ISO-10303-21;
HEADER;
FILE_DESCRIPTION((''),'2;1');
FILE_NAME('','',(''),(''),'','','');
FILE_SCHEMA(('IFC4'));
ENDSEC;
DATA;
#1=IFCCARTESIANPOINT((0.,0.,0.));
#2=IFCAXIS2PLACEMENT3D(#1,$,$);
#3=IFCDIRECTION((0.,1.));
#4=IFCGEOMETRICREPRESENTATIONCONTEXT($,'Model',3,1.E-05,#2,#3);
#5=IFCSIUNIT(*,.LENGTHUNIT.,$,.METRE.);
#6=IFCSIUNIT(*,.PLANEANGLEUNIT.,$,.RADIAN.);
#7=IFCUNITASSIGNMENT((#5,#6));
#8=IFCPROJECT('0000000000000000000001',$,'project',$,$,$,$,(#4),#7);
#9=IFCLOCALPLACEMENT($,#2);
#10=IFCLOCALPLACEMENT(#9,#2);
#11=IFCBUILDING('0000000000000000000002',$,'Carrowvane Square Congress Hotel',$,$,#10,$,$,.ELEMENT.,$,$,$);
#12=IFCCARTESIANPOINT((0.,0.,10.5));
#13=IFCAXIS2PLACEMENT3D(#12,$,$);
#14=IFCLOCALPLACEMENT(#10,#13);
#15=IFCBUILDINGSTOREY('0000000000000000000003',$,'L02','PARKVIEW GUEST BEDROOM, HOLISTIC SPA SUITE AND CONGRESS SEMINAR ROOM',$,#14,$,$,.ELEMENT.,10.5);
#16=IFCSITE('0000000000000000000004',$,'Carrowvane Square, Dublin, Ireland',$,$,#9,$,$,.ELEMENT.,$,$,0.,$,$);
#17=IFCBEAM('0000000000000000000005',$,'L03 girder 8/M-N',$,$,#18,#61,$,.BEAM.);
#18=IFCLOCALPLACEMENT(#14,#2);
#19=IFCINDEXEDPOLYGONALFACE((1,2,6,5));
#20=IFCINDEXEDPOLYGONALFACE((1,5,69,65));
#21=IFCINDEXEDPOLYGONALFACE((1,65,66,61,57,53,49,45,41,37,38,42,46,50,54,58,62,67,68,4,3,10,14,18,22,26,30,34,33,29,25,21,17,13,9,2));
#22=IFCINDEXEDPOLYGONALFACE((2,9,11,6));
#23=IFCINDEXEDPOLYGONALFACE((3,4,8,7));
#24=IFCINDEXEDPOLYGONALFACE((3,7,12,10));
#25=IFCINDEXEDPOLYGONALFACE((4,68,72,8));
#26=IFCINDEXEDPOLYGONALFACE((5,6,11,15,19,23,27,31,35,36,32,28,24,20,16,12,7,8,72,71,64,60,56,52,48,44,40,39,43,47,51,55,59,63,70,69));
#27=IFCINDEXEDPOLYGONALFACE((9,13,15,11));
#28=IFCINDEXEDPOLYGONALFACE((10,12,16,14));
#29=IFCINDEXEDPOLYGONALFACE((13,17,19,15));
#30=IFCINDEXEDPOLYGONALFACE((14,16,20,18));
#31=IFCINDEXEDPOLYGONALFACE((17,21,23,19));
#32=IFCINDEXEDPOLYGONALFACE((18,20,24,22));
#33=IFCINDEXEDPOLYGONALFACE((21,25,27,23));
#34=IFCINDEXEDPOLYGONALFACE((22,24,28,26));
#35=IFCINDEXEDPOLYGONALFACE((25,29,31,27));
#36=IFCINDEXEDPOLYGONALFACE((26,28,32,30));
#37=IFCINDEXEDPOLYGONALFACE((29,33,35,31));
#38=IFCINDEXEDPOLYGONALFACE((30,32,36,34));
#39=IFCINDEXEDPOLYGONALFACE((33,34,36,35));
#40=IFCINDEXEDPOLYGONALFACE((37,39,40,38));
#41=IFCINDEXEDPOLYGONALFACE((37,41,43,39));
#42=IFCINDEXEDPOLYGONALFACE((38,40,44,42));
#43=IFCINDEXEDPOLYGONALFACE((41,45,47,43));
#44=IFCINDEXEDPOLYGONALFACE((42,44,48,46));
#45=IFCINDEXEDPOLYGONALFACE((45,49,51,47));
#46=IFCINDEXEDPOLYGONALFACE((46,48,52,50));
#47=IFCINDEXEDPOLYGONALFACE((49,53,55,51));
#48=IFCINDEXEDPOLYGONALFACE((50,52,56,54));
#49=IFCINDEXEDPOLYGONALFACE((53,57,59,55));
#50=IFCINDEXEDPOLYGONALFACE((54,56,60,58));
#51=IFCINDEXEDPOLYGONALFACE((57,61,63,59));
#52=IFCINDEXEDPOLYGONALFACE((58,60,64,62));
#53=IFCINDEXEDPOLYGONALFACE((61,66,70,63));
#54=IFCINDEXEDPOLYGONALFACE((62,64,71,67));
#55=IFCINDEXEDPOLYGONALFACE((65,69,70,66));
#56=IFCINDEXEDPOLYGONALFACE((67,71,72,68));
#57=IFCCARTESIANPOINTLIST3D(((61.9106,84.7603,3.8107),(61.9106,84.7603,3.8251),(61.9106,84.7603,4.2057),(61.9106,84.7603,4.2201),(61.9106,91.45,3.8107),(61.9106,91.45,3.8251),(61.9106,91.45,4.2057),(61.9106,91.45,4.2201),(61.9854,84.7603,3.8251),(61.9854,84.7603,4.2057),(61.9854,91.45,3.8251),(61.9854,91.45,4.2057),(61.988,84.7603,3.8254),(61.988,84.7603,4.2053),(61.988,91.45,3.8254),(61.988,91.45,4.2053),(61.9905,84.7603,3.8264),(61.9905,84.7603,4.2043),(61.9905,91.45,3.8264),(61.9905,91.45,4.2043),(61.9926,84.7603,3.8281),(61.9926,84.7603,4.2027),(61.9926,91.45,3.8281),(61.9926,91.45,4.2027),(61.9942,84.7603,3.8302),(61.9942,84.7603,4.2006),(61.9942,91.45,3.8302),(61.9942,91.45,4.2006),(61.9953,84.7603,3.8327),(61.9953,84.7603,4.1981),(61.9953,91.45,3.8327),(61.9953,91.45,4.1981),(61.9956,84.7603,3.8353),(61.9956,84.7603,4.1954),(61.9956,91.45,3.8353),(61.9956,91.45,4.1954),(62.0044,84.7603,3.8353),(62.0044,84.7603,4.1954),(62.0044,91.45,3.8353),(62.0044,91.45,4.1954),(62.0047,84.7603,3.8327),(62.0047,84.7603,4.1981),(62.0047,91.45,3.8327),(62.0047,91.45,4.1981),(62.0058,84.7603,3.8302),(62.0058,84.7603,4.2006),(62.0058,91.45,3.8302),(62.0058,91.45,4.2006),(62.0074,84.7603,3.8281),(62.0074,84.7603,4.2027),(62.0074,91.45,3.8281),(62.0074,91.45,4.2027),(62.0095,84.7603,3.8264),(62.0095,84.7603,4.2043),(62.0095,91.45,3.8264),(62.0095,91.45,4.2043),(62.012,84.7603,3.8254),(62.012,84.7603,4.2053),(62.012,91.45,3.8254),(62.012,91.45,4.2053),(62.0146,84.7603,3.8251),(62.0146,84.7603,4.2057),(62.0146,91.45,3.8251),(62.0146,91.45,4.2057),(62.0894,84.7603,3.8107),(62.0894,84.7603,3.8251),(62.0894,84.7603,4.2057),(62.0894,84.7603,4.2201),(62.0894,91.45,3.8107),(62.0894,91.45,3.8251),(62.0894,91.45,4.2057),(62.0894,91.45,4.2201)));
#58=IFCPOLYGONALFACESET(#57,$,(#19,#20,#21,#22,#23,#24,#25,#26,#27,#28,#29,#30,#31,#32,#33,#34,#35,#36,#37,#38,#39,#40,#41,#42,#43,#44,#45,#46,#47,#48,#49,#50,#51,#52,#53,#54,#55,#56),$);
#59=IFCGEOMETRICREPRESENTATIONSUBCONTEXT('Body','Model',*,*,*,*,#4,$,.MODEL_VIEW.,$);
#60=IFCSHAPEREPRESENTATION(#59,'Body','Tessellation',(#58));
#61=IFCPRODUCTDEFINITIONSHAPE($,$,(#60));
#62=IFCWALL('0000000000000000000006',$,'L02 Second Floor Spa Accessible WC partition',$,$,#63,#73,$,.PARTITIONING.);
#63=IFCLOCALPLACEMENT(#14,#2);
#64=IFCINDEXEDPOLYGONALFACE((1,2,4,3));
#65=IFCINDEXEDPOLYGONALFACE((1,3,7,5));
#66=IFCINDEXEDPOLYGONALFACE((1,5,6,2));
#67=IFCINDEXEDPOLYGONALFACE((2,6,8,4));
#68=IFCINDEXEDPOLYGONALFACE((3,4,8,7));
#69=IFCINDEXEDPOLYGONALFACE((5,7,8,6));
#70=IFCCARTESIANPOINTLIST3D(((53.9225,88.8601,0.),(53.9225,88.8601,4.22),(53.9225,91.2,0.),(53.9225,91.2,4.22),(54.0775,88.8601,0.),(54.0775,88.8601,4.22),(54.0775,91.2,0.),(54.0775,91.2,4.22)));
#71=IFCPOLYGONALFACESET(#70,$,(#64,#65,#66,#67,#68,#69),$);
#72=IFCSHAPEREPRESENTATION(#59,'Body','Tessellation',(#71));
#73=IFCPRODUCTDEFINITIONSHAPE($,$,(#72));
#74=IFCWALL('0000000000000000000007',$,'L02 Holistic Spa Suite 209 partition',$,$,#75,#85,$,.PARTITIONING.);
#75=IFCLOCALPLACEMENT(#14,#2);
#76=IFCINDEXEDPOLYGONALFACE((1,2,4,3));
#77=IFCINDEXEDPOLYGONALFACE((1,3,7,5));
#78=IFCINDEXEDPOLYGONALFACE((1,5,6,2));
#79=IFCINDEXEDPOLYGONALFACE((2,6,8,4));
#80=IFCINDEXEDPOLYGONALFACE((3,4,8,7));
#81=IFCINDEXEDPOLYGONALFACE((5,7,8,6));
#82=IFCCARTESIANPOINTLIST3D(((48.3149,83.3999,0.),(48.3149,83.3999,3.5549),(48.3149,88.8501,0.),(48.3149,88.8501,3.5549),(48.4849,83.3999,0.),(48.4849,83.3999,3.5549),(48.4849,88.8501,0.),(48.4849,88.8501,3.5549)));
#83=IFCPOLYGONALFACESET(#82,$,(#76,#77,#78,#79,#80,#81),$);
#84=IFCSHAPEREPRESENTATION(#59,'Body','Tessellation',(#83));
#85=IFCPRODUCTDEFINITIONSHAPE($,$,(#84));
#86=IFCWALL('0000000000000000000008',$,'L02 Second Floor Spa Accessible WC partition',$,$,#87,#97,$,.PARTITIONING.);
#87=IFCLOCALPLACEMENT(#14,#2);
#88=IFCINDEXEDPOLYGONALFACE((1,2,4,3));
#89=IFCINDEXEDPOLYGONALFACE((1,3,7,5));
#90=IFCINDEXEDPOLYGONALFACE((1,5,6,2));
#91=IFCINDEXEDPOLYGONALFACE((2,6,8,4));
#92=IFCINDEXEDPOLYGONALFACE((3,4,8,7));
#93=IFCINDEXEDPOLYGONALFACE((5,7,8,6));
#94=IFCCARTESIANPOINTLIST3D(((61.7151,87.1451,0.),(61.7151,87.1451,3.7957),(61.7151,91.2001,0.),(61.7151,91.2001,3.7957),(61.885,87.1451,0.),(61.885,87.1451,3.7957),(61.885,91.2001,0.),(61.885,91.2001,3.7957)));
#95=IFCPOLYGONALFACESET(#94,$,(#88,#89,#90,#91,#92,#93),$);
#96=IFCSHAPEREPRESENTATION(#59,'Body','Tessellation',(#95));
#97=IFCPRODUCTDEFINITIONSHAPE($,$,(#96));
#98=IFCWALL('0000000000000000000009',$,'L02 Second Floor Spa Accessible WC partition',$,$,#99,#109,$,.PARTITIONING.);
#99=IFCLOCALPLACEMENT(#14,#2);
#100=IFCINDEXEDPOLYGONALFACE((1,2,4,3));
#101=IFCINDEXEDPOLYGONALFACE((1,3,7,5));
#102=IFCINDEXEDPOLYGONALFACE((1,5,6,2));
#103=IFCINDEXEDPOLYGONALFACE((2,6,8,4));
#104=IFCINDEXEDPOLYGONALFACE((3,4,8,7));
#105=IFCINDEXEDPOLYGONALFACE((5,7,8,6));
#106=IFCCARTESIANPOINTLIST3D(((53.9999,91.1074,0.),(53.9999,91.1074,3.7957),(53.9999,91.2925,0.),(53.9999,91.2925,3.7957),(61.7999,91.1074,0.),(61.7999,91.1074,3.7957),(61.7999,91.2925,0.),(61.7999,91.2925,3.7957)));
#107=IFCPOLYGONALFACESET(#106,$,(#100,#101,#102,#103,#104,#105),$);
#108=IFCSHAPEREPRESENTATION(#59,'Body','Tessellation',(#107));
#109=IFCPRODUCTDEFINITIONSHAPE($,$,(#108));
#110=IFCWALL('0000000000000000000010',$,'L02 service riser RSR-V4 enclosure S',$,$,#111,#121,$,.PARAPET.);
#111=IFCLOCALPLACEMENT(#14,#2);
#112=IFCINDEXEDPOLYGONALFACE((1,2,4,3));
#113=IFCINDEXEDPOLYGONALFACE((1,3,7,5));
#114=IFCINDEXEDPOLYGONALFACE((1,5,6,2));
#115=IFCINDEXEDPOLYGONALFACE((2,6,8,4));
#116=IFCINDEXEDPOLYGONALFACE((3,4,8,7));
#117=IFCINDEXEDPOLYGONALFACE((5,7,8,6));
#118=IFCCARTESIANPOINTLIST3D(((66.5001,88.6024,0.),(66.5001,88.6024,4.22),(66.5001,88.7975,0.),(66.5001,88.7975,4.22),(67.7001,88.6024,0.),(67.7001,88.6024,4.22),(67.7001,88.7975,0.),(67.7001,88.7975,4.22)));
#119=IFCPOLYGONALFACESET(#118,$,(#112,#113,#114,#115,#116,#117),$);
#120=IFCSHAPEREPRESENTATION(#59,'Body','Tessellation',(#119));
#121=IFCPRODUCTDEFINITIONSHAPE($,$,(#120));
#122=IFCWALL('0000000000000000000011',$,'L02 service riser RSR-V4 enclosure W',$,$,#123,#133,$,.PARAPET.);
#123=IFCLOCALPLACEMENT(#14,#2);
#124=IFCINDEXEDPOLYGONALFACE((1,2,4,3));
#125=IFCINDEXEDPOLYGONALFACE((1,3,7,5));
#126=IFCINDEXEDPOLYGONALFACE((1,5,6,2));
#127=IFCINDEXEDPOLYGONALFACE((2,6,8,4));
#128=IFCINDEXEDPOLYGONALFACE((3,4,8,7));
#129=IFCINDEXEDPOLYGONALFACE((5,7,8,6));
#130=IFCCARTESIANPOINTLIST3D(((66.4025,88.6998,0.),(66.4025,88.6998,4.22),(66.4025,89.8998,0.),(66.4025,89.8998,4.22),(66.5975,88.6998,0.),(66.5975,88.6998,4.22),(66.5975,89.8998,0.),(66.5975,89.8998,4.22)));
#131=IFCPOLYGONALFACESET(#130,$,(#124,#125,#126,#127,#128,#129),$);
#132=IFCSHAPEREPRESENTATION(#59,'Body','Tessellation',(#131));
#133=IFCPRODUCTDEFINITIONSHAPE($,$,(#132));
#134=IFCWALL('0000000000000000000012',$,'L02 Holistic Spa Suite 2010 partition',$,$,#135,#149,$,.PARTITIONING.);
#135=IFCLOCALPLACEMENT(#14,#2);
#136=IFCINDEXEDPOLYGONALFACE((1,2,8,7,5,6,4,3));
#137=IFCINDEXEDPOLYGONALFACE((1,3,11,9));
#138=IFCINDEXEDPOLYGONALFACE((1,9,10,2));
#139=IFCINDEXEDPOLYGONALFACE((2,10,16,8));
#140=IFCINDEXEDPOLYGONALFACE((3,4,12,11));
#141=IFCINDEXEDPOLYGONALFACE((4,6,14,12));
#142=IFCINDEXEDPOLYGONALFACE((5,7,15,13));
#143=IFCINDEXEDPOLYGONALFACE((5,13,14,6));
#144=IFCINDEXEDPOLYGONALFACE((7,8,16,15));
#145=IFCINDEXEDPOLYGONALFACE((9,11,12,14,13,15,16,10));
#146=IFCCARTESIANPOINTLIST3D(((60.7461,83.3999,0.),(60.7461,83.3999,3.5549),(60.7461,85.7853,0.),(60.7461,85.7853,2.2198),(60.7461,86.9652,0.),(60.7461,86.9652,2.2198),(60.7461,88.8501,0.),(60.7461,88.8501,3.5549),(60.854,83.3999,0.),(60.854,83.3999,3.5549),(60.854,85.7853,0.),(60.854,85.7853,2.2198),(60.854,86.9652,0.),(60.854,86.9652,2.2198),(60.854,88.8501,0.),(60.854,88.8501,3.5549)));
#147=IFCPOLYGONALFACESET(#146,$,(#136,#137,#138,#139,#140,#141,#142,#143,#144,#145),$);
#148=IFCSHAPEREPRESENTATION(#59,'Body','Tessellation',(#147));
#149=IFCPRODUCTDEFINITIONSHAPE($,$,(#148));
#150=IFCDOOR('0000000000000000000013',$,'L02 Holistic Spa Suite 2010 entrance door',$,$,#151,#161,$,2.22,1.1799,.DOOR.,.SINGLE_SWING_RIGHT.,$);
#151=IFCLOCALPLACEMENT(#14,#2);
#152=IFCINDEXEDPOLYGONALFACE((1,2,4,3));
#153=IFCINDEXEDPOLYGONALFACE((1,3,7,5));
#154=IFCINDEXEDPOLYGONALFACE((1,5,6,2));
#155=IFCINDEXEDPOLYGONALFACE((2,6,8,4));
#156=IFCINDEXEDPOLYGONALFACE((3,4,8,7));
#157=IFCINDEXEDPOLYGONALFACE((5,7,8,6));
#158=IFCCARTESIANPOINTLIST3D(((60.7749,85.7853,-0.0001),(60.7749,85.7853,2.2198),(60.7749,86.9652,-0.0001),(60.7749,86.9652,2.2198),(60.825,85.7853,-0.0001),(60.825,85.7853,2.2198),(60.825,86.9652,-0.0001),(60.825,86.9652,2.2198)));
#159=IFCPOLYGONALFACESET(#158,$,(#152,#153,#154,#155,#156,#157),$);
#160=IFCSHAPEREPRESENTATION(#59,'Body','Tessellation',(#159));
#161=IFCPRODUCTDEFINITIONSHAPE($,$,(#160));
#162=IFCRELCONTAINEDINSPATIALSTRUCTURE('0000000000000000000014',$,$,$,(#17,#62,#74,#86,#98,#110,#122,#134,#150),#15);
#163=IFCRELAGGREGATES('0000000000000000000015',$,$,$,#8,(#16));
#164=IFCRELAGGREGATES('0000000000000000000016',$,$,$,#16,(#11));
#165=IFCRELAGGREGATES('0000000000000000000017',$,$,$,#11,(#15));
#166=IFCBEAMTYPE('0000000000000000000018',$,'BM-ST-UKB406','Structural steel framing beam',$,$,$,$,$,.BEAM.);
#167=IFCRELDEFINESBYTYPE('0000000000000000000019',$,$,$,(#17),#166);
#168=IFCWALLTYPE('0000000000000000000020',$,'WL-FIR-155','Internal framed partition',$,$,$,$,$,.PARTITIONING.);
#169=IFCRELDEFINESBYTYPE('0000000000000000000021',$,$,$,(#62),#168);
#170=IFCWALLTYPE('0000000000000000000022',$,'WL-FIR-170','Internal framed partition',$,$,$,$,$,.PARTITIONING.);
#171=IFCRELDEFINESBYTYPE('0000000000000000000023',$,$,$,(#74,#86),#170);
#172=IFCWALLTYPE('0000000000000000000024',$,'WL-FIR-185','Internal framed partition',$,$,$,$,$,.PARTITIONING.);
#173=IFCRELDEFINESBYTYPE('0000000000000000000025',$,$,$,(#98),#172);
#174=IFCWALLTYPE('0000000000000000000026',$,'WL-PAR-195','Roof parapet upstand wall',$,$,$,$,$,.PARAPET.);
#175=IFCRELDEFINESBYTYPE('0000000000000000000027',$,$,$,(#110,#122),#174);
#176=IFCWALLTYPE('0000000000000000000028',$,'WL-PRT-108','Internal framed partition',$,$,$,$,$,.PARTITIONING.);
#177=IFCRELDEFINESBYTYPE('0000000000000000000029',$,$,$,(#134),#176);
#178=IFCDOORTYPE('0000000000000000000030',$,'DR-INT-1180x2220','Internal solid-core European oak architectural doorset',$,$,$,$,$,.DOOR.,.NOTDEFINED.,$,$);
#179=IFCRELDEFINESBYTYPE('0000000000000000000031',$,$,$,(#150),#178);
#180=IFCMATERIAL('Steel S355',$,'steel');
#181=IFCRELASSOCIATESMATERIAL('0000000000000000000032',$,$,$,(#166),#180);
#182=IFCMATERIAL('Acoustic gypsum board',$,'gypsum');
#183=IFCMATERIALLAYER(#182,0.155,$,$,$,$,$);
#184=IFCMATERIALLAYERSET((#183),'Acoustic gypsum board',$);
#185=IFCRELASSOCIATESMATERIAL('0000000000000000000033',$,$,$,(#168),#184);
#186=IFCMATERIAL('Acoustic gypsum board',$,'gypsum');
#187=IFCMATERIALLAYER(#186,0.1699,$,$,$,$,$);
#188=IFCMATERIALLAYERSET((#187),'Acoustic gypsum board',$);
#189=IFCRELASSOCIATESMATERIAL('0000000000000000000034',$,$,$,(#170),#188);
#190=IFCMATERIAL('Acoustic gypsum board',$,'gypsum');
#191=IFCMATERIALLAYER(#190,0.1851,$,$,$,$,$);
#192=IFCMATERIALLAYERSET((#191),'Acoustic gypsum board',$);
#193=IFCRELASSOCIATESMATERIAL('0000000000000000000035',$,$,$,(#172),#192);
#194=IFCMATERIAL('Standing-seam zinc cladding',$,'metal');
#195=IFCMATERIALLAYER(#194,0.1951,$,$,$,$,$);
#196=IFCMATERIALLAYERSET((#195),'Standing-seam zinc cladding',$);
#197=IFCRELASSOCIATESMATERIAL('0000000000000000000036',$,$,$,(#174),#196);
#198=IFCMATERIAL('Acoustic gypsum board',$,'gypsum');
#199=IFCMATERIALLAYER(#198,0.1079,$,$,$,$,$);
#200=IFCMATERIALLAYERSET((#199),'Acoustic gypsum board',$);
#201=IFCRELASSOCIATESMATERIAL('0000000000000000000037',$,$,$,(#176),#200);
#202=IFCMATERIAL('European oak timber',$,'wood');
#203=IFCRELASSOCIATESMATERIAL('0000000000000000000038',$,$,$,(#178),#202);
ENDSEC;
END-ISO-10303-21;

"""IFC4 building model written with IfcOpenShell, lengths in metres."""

from ifc_helpers import new_model, si_unit, direction, frame, frame_2d, origin, origin_2d, place, context, subcontext, project, spatial, rectangle, i_section, extrude, material, layer, layer_set, material_profile, profile_set, type_object, element, fill, save


model = new_model("IFC4")

# Units and contexts
model_context = context("Model", 3, precision=1e-05, world=origin(), true_north=direction((0.0, 1.0)))
body_context = subcontext(model_context, "Body", "Model", "MODEL_VIEW")
ifc_project = project(units=[si_unit("LENGTHUNIT", "METRE"), si_unit("PLANEANGLEUNIT", "RADIAN")], contexts=[model_context])

# Site, building, storey
site_placement = place(None, origin())
site = spatial("IfcSite", under=ifc_project, at=site_placement, Name="Carrowvane Square, Dublin, Ireland", CompositionType="ELEMENT", RefElevation=0.0)
building_placement = place(site_placement, origin())
building = spatial("IfcBuilding", under=site, at=building_placement, Name="Carrowvane Square Congress Hotel", CompositionType="ELEMENT")
storey_placement = place(building_placement, frame((0.0, 0.0, 10.5)))
storey = spatial("IfcBuildingStorey", under=building, at=storey_placement, Name="L02", Description="PARKVIEW GUEST BEDROOM, HOLISTIC SPA SUITE AND CONGRESS SEMINAR ROOM", CompositionType="ELEMENT", Elevation=10.5)

# Beam
ifc_material_1 = material(Name="Steel S355", Category="steel")
ifc_material_profile_1 = material_profile(ifc_material_1, i_section(OverallWidth=0.1787, OverallDepth=0.4094, WebThickness=0.0088, FlangeThickness=0.0144, FilletRadius=0.0103, at=origin_2d()), Name="UKB 406x178x67")
ifc_profile_set_1 = profile_set([ifc_material_profile_1], Name="Steel S355")
beam_type_1 = type_object("IfcBeamType", Name="BM-ST-UKB406", Description="Structural steel framing beam", PredefinedType="BEAM", material=ifc_profile_set_1)
beam_1_placement = place(storey_placement, frame((62.0, 84.7603, 4.0154), z_axis=(0.0, 1.0, 0.0), x_axis=(-1.0, 0.0, 0.0)))
element("IfcBeam", 1, at=beam_1_placement, inside=storey, type_object=beam_type_1, Name="L03 girder 8/M-N", PredefinedType="BEAM", context=body_context, shape_type="SweptSolid", body=[
    extrude(i_section(OverallWidth=0.1787, OverallDepth=0.4094, WebThickness=0.0088, FlangeThickness=0.0144, FilletRadius=0.0103, at=origin_2d()), origin(), (0.0, 0.0, 1.0), 6.6897),
])

# Walls
ifc_material_2 = material(Name="Acoustic gypsum board", Category="gypsum")
ifc_layer_1 = layer(ifc_material_2, 0.155)
ifc_layer_set_1 = layer_set([ifc_layer_1], Name="Acoustic gypsum board")
wall_type_1 = type_object("IfcWallType", Name="WL-FIR-155", Description="Internal framed partition", PredefinedType="PARTITIONING", material=ifc_layer_set_1)
wall_1_placement = place(storey_placement, frame((54.0, 88.8601, 0.0), z_axis=(0.0, 0.0, 1.0), x_axis=(0.0, 1.0, 0.0)))
element("IfcWall", 2, at=wall_1_placement, inside=storey, type_object=wall_type_1, Name="L02 Second Floor Spa Accessible WC partition", PredefinedType="PARTITIONING", context=body_context, shape_type="SweptSolid", body=[
    extrude(rectangle(XDim=2.3398, YDim=0.155, at=frame_2d((1.1699, 0.0))), origin(), (0.0, 0.0, 1.0), 4.22),
])
ifc_material_3 = material(Name="Acoustic gypsum board", Category="gypsum")
ifc_layer_2 = layer(ifc_material_3, 0.1699)
ifc_layer_set_2 = layer_set([ifc_layer_2], Name="Acoustic gypsum board")
wall_type_2 = type_object("IfcWallType", Name="WL-FIR-170", Description="Internal framed partition", PredefinedType="PARTITIONING", material=ifc_layer_set_2)
wall_2_placement = place(storey_placement, frame((48.3999, 88.8501, 0.0), z_axis=(0.0, 0.0, 1.0), x_axis=(0.0, -1.0, 0.0)))
element("IfcWall", 3, at=wall_2_placement, inside=storey, type_object=wall_type_2, Name="L02 Holistic Spa Suite 209 partition", PredefinedType="PARTITIONING", context=body_context, shape_type="SweptSolid", body=[
    extrude(rectangle(XDim=5.4502, YDim=0.1699, at=frame_2d((2.7251, 0.0))), origin(), (0.0, 0.0, 1.0), 3.5549),
])
wall_3_placement = place(storey_placement, frame((61.8, 91.2, 0.0), z_axis=(0.0, 0.0, 1.0), x_axis=(0.0, -1.0, 0.0)))
element("IfcWall", 4, at=wall_3_placement, inside=storey, type_object=wall_type_2, Name="L02 Second Floor Spa Accessible WC partition", PredefinedType="PARTITIONING", context=body_context, shape_type="SweptSolid", body=[
    extrude(rectangle(XDim=4.0549, YDim=0.1699, at=frame_2d((2.0273, 0.0))), origin(), (0.0, 0.0, 1.0), 3.7957),
])
ifc_material_4 = material(Name="Acoustic gypsum board", Category="gypsum")
ifc_layer_3 = layer(ifc_material_4, 0.1851)
ifc_layer_set_3 = layer_set([ifc_layer_3], Name="Acoustic gypsum board")
wall_type_3 = type_object("IfcWallType", Name="WL-FIR-185", Description="Internal framed partition", PredefinedType="PARTITIONING", material=ifc_layer_set_3)
wall_4_placement = place(storey_placement, frame((54.0, 91.2, 0.0), z_axis=(0.0, 0.0, 1.0), x_axis=(1.0, 0.0, 0.0)))
element("IfcWall", 5, at=wall_4_placement, inside=storey, type_object=wall_type_3, Name="L02 Second Floor Spa Accessible WC partition", PredefinedType="PARTITIONING", context=body_context, shape_type="SweptSolid", body=[
    extrude(rectangle(XDim=7.8, YDim=0.1851, at=frame_2d((3.8999, 0.0))), origin(), (0.0, 0.0, 1.0), 3.7957),
])
ifc_material_5 = material(Name="Standing-seam zinc cladding", Category="metal")
ifc_layer_4 = layer(ifc_material_5, 0.1951)
ifc_layer_set_4 = layer_set([ifc_layer_4], Name="Standing-seam zinc cladding")
wall_type_4 = type_object("IfcWallType", Name="WL-PAR-195", Description="Roof parapet upstand wall", PredefinedType="PARAPET", material=ifc_layer_set_4)
for number, where, z_axis, x_axis, name in (
    (6, (66.5, 88.7, 0.0), (0.0, 0.0, 1.0), (1.0, 0.0, 0.0), "L02 service riser RSR-V4 enclosure S"),
    (7, (66.5, 89.8999, 0.0), (0.0, 0.0, 1.0), (0.0, -1.0, 0.0), "L02 service riser RSR-V4 enclosure W"),
):
    element("IfcWall", number, at=place(storey_placement, frame(where, z_axis=z_axis, x_axis=x_axis)), inside=storey, type_object=wall_type_4, Name=name, PredefinedType="PARAPET", context=body_context, shape_type="SweptSolid", body=[
        extrude(rectangle(XDim=1.2, YDim=0.1951, at=frame_2d((0.6001, 0.0))), origin(), (0.0, 0.0, 1.0), 4.22),
    ])

# Wall, opening, door
ifc_material_6 = material(Name="Acoustic gypsum board", Category="gypsum")
ifc_layer_5 = layer(ifc_material_6, 0.1079)
ifc_layer_set_5 = layer_set([ifc_layer_5], Name="Acoustic gypsum board")
wall_type_5 = type_object("IfcWallType", Name="WL-PRT-108", Description="Internal framed partition", PredefinedType="PARTITIONING", material=ifc_layer_set_5)
wall_5_placement = place(storey_placement, frame((60.8, 88.8501, 0.0), z_axis=(0.0, 0.0, 1.0), x_axis=(0.0, -1.0, 0.0)))
wall_5 = element("IfcWall", 8, at=wall_5_placement, inside=storey, type_object=wall_type_5, Name="L02 Holistic Spa Suite 2010 partition", PredefinedType="PARTITIONING", context=body_context, shape_type="SweptSolid", body=[
    extrude(rectangle(XDim=5.4502, YDim=0.1079, at=frame_2d((2.7251, 0.0))), origin(), (0.0, 0.0, 1.0), 3.5549),
])
opening_1_placement = place(wall_5_placement, frame((1.885, 0.0, 0.0)))
opening_1 = element("IfcOpeningElement", 9, at=opening_1_placement, cuts=wall_5, PredefinedType="OPENING", context=body_context, shape_type="SweptSolid", body=[
    extrude(rectangle(XDim=1.1799, YDim=2.22, at=frame_2d((0.5898, 1.1099))), frame((0.0, 0.064, 0.0), z_axis=(0.0, -1.0, 0.0), x_axis=(1.0, 0.0, 0.0)), (0.0, 0.0, 1.0), 0.1279),
])
ifc_material_7 = material(Name="European oak timber", Category="wood")
door_type_1 = type_object("IfcDoorType", Name="DR-INT-1180x2220", Description="Internal solid-core European oak architectural doorset", OperationType="NOTDEFINED", PredefinedType="DOOR", material=ifc_material_7)
door_1_placement = place(opening_1_placement, origin())
door_1 = element("IfcDoor", 10, at=door_1_placement, inside=storey, type_object=door_type_1, Name="L02 Holistic Spa Suite 2010 entrance door", OperationType="SINGLE_SWING_RIGHT", OverallHeight=2.22, OverallWidth=1.1799, PredefinedType="DOOR", context=body_context, shape_type="SweptSolid", body=[
    extrude(rectangle(XDim=1.1799, YDim=2.22, at=frame_2d((0.5898, 1.1099))), frame((0.0, 0.0249, 0.0), z_axis=(0.0, -1.0, 0.0), x_axis=(1.0, 0.0, 0.0)), (0.0, 0.0, 1.0), 0.05),
])
fill(opening_1, door_1)

save(model, "model.ifc")
